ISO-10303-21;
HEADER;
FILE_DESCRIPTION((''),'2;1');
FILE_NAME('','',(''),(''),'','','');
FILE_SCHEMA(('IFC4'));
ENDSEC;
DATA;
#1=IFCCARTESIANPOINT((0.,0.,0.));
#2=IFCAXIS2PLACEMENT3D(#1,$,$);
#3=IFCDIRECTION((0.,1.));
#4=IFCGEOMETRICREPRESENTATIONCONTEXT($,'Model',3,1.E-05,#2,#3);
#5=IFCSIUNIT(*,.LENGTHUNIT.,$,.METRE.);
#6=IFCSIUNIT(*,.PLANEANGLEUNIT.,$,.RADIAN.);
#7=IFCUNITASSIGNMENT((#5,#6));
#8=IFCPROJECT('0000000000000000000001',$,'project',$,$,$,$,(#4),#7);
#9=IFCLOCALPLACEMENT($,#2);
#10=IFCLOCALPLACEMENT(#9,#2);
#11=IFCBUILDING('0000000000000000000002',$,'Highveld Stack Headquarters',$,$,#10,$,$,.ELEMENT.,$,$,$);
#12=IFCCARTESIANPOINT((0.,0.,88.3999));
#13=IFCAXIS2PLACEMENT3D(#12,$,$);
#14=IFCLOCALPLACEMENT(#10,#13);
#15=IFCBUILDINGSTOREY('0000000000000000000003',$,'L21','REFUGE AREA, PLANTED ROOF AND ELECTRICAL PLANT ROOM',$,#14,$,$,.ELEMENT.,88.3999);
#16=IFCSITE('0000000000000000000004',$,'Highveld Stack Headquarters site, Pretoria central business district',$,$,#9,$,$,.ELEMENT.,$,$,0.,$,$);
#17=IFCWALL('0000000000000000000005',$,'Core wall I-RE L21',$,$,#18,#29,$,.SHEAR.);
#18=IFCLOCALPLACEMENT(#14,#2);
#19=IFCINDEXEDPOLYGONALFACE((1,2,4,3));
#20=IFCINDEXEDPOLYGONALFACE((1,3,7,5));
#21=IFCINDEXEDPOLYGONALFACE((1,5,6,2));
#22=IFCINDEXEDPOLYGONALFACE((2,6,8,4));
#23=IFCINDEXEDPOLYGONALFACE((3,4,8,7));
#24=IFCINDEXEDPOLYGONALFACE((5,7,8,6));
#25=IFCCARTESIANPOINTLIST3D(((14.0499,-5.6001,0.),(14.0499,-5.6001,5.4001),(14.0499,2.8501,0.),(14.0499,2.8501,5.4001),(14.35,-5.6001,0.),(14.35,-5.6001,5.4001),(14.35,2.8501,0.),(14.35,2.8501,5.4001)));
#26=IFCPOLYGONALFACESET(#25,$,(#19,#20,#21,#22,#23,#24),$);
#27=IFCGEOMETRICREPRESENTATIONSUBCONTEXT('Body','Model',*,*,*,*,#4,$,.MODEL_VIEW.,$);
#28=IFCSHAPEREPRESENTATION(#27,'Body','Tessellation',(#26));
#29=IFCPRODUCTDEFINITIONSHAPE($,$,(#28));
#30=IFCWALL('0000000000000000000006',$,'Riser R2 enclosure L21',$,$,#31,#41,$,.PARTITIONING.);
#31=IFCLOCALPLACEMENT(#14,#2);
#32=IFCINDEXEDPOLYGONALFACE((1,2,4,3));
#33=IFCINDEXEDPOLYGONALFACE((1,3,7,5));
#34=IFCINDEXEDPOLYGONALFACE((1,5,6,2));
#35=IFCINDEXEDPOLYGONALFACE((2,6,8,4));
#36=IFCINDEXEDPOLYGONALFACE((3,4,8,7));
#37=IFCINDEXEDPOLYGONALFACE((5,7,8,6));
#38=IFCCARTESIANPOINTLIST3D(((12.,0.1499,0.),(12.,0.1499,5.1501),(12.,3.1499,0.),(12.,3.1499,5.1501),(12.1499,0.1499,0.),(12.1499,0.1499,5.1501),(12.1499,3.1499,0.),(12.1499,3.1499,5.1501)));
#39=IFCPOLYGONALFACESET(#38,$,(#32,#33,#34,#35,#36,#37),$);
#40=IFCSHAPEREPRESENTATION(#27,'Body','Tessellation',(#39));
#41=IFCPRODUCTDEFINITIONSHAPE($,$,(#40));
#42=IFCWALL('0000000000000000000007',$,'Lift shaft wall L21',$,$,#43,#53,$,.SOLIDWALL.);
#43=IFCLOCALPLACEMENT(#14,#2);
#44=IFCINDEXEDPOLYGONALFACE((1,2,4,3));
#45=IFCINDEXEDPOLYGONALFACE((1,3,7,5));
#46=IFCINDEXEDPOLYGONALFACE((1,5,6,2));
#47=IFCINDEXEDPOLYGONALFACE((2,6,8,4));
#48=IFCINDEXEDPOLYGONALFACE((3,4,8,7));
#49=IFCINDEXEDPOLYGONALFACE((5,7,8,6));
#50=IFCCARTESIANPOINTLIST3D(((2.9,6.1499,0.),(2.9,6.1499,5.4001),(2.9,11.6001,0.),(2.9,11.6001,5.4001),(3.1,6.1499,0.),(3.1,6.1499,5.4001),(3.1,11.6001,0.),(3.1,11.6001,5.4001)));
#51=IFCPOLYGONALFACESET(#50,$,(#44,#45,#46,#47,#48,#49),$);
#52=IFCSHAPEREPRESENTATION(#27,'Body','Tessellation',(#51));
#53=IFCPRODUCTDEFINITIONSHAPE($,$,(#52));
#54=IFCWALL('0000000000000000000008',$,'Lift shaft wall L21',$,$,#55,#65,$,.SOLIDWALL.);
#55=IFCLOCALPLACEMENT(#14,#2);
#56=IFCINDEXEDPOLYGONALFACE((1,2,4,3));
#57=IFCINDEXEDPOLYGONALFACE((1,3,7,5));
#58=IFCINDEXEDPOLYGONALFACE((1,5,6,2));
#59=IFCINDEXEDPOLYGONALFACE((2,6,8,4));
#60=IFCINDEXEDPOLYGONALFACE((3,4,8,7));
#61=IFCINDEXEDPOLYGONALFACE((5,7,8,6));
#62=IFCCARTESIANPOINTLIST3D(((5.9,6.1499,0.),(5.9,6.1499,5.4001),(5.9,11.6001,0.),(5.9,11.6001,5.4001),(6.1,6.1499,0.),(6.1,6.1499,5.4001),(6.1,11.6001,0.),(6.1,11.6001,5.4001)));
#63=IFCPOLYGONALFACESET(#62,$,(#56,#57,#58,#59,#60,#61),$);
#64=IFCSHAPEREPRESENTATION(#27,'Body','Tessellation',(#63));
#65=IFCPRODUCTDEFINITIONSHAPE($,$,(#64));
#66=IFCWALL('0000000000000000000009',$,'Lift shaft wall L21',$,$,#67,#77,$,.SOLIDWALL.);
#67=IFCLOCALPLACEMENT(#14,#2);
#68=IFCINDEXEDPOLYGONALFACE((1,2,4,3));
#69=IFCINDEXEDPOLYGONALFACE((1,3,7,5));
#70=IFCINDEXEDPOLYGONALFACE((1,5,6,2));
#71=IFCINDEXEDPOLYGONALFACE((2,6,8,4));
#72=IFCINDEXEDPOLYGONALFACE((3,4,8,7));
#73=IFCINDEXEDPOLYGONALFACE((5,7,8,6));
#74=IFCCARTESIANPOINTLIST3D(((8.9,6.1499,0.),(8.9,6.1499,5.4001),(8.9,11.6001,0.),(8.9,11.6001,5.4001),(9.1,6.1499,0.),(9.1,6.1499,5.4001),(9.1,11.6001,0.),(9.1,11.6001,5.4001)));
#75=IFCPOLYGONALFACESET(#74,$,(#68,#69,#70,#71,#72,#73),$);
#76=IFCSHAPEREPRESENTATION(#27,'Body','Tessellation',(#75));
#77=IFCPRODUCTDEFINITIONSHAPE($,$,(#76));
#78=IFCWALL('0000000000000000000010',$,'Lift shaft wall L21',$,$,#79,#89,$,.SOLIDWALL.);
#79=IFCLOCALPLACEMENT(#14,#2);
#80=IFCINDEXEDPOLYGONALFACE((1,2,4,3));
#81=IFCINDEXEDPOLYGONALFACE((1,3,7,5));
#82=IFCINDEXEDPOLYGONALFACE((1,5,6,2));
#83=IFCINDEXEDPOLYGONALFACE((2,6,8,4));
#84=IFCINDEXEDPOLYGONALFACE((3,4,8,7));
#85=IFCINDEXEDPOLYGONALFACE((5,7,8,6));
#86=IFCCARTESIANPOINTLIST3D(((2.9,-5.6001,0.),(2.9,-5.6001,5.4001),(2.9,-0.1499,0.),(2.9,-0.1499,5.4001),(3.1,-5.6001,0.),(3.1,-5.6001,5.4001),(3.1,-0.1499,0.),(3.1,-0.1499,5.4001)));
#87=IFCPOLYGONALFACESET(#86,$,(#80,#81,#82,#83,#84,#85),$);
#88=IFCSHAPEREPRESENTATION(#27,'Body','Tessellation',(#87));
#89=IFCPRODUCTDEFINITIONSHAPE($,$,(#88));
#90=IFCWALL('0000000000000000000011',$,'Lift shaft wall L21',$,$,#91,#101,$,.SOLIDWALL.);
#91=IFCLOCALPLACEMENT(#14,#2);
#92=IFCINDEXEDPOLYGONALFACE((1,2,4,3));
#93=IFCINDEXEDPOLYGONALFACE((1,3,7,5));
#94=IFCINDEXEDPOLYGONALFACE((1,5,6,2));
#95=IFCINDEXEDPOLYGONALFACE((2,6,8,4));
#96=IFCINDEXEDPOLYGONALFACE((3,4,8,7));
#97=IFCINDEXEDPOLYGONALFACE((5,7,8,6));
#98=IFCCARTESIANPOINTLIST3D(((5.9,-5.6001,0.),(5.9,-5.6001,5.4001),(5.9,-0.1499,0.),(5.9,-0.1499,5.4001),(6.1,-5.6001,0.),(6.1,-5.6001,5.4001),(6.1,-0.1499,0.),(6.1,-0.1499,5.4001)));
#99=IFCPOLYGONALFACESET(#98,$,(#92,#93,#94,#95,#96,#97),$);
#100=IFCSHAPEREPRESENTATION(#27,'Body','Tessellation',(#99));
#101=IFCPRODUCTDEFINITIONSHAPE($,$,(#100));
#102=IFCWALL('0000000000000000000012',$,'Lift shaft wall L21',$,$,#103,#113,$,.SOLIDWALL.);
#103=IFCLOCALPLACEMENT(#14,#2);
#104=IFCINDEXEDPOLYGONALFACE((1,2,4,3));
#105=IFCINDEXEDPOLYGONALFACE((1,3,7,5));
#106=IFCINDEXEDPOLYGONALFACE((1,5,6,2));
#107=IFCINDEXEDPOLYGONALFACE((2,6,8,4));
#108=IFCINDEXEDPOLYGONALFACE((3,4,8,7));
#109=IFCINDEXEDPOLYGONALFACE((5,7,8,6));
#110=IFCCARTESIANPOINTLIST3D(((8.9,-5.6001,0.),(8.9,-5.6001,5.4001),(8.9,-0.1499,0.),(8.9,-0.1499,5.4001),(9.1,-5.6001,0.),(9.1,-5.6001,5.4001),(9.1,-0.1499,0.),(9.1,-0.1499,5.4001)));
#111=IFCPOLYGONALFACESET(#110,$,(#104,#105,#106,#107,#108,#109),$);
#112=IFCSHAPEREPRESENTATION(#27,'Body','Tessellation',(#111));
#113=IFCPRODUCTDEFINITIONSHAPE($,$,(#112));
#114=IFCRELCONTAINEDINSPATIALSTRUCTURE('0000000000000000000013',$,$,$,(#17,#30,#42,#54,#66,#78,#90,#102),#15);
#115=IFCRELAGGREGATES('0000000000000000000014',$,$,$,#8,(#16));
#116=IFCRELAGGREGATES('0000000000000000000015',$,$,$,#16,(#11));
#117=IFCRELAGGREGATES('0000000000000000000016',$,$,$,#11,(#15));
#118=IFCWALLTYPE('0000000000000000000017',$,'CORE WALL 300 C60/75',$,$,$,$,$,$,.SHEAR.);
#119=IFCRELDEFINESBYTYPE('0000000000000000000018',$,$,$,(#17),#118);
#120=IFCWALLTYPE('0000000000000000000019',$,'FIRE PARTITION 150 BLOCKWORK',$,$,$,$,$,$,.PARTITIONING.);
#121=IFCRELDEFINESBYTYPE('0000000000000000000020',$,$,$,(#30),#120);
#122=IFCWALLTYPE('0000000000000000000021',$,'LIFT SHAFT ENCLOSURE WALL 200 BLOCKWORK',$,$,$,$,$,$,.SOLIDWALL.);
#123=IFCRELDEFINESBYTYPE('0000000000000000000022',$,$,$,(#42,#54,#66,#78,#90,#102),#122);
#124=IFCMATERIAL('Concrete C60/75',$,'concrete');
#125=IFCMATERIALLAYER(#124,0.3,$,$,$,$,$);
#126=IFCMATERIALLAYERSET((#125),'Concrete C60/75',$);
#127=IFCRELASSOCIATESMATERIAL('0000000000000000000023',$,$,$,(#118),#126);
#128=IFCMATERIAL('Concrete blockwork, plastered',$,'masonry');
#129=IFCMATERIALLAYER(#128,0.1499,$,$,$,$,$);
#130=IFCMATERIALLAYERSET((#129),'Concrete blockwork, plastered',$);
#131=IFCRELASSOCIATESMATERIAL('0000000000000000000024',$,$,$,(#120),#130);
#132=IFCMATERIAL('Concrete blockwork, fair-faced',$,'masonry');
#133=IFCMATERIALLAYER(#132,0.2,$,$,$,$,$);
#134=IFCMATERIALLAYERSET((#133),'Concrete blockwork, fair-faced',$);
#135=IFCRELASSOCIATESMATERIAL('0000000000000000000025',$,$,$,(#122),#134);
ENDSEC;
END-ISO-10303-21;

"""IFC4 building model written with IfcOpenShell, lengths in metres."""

from ifc_helpers import new_model, si_unit, direction, frame, frame_2d, origin, place, context, subcontext, project, spatial, rectangle, extrude, material, layer, layer_set, type_object, element, save


model = new_model("IFC4")

# Units and contexts
model_context = context("Model", 3, precision=1e-05, world=origin(), true_north=direction((0.0, 1.0)))
body_context = subcontext(model_context, "Body", "Model", "MODEL_VIEW")
ifc_project = project(units=[si_unit("LENGTHUNIT", "METRE"), si_unit("PLANEANGLEUNIT", "RADIAN")], contexts=[model_context])

# Site, building, storey
site_placement = place(None, origin())
site = spatial("IfcSite", under=ifc_project, at=site_placement, Name="Highveld Stack Headquarters site, Pretoria central business district", CompositionType="ELEMENT", RefElevation=0.0)
building_placement = place(site_placement, origin())
building = spatial("IfcBuilding", under=site, at=building_placement, Name="Highveld Stack Headquarters", CompositionType="ELEMENT")
storey_placement = place(building_placement, frame((0.0, 0.0, 88.3999)))
storey = spatial("IfcBuildingStorey", under=building, at=storey_placement, Name="L21", Description="REFUGE AREA, PLANTED ROOF AND ELECTRICAL PLANT ROOM", CompositionType="ELEMENT", Elevation=88.3999)

# Shared definitions
ifc_material_1 = material(Name="Concrete C60/75", Category="concrete")
ifc_layer_1 = layer(ifc_material_1, 0.3)
ifc_layer_set_1 = layer_set([ifc_layer_1], Name="Concrete C60/75")
wall_type_1 = type_object("IfcWallType", Name="CORE WALL 300 C60/75", PredefinedType="SHEAR", material=ifc_layer_set_1)

# Walls
wall_1_placement = place(storey_placement, frame((14.2, -5.6001, 0.0), z_axis=(0.0, 0.0, 1.0), x_axis=(0.0, 1.0, 0.0)))
element("IfcWall", 1, at=wall_1_placement, inside=storey, type_object=wall_type_1, Name="Core wall I-RE L21", PredefinedType="SHEAR", context=body_context, shape_type="SweptSolid", body=[
    extrude(rectangle(XDim=8.4502, YDim=0.3, at=frame_2d((4.2251, 0.0))), origin(), (0.0, 0.0, 1.0), 5.4001),
])
ifc_material_2 = material(Name="Concrete blockwork, plastered", Category="masonry")
ifc_layer_2 = layer(ifc_material_2, 0.1499)
ifc_layer_set_2 = layer_set([ifc_layer_2], Name="Concrete blockwork, plastered")
wall_type_2 = type_object("IfcWallType", Name="FIRE PARTITION 150 BLOCKWORK", PredefinedType="PARTITIONING", material=ifc_layer_set_2)
wall_2_placement = place(storey_placement, frame((12.075, 0.1499, 0.0), z_axis=(0.0, 0.0, 1.0), x_axis=(0.0, 1.0, 0.0)))
element("IfcWall", 2, at=wall_2_placement, inside=storey, type_object=wall_type_2, Name="Riser R2 enclosure L21", PredefinedType="PARTITIONING", context=body_context, shape_type="SweptSolid", body=[
    extrude(rectangle(XDim=3.0, YDim=0.1499, at=frame_2d((1.5, 0.0))), origin(), (0.0, 0.0, 1.0), 5.1501),
])
ifc_material_3 = material(Name="Concrete blockwork, fair-faced", Category="masonry")
ifc_layer_3 = layer(ifc_material_3, 0.2)
ifc_layer_set_3 = layer_set([ifc_layer_3], Name="Concrete blockwork, fair-faced")
wall_type_3 = type_object("IfcWallType", Name="LIFT SHAFT ENCLOSURE WALL 200 BLOCKWORK", PredefinedType="SOLIDWALL", material=ifc_layer_set_3)
for number, where, z_axis, x_axis, name in (
    (3, (3.0, 6.1499, 0.0), (0.0, 0.0, 1.0), (0.0, 1.0, 0.0), "Lift shaft wall L21"),
    (4, (6.0, 6.1499, 0.0), (0.0, 0.0, 1.0), (0.0, 1.0, 0.0), "Lift shaft wall L21"),
    (5, (9.0, 6.1499, 0.0), (0.0, 0.0, 1.0), (0.0, 1.0, 0.0), "Lift shaft wall L21"),
    (6, (3.0, -5.6001, 0.0), (0.0, 0.0, 1.0), (0.0, 1.0, 0.0), "Lift shaft wall L21"),
    (7, (6.0, -5.6001, 0.0), (0.0, 0.0, 1.0), (0.0, 1.0, 0.0), "Lift shaft wall L21"),
    (8, (9.0, -5.6001, 0.0), (0.0, 0.0, 1.0), (0.0, 1.0, 0.0), "Lift shaft wall L21"),
):
    element("IfcWall", number, at=place(storey_placement, frame(where, z_axis=z_axis, x_axis=x_axis)), inside=storey, type_object=wall_type_3, Name=name, PredefinedType="SOLIDWALL", context=body_context, shape_type="SweptSolid", body=[
        extrude(rectangle(XDim=5.4502, YDim=0.2, at=frame_2d((2.7251, 0.0))), origin(), (0.0, 0.0, 1.0), 5.4001),
    ])

save(model, "model.ifc")
